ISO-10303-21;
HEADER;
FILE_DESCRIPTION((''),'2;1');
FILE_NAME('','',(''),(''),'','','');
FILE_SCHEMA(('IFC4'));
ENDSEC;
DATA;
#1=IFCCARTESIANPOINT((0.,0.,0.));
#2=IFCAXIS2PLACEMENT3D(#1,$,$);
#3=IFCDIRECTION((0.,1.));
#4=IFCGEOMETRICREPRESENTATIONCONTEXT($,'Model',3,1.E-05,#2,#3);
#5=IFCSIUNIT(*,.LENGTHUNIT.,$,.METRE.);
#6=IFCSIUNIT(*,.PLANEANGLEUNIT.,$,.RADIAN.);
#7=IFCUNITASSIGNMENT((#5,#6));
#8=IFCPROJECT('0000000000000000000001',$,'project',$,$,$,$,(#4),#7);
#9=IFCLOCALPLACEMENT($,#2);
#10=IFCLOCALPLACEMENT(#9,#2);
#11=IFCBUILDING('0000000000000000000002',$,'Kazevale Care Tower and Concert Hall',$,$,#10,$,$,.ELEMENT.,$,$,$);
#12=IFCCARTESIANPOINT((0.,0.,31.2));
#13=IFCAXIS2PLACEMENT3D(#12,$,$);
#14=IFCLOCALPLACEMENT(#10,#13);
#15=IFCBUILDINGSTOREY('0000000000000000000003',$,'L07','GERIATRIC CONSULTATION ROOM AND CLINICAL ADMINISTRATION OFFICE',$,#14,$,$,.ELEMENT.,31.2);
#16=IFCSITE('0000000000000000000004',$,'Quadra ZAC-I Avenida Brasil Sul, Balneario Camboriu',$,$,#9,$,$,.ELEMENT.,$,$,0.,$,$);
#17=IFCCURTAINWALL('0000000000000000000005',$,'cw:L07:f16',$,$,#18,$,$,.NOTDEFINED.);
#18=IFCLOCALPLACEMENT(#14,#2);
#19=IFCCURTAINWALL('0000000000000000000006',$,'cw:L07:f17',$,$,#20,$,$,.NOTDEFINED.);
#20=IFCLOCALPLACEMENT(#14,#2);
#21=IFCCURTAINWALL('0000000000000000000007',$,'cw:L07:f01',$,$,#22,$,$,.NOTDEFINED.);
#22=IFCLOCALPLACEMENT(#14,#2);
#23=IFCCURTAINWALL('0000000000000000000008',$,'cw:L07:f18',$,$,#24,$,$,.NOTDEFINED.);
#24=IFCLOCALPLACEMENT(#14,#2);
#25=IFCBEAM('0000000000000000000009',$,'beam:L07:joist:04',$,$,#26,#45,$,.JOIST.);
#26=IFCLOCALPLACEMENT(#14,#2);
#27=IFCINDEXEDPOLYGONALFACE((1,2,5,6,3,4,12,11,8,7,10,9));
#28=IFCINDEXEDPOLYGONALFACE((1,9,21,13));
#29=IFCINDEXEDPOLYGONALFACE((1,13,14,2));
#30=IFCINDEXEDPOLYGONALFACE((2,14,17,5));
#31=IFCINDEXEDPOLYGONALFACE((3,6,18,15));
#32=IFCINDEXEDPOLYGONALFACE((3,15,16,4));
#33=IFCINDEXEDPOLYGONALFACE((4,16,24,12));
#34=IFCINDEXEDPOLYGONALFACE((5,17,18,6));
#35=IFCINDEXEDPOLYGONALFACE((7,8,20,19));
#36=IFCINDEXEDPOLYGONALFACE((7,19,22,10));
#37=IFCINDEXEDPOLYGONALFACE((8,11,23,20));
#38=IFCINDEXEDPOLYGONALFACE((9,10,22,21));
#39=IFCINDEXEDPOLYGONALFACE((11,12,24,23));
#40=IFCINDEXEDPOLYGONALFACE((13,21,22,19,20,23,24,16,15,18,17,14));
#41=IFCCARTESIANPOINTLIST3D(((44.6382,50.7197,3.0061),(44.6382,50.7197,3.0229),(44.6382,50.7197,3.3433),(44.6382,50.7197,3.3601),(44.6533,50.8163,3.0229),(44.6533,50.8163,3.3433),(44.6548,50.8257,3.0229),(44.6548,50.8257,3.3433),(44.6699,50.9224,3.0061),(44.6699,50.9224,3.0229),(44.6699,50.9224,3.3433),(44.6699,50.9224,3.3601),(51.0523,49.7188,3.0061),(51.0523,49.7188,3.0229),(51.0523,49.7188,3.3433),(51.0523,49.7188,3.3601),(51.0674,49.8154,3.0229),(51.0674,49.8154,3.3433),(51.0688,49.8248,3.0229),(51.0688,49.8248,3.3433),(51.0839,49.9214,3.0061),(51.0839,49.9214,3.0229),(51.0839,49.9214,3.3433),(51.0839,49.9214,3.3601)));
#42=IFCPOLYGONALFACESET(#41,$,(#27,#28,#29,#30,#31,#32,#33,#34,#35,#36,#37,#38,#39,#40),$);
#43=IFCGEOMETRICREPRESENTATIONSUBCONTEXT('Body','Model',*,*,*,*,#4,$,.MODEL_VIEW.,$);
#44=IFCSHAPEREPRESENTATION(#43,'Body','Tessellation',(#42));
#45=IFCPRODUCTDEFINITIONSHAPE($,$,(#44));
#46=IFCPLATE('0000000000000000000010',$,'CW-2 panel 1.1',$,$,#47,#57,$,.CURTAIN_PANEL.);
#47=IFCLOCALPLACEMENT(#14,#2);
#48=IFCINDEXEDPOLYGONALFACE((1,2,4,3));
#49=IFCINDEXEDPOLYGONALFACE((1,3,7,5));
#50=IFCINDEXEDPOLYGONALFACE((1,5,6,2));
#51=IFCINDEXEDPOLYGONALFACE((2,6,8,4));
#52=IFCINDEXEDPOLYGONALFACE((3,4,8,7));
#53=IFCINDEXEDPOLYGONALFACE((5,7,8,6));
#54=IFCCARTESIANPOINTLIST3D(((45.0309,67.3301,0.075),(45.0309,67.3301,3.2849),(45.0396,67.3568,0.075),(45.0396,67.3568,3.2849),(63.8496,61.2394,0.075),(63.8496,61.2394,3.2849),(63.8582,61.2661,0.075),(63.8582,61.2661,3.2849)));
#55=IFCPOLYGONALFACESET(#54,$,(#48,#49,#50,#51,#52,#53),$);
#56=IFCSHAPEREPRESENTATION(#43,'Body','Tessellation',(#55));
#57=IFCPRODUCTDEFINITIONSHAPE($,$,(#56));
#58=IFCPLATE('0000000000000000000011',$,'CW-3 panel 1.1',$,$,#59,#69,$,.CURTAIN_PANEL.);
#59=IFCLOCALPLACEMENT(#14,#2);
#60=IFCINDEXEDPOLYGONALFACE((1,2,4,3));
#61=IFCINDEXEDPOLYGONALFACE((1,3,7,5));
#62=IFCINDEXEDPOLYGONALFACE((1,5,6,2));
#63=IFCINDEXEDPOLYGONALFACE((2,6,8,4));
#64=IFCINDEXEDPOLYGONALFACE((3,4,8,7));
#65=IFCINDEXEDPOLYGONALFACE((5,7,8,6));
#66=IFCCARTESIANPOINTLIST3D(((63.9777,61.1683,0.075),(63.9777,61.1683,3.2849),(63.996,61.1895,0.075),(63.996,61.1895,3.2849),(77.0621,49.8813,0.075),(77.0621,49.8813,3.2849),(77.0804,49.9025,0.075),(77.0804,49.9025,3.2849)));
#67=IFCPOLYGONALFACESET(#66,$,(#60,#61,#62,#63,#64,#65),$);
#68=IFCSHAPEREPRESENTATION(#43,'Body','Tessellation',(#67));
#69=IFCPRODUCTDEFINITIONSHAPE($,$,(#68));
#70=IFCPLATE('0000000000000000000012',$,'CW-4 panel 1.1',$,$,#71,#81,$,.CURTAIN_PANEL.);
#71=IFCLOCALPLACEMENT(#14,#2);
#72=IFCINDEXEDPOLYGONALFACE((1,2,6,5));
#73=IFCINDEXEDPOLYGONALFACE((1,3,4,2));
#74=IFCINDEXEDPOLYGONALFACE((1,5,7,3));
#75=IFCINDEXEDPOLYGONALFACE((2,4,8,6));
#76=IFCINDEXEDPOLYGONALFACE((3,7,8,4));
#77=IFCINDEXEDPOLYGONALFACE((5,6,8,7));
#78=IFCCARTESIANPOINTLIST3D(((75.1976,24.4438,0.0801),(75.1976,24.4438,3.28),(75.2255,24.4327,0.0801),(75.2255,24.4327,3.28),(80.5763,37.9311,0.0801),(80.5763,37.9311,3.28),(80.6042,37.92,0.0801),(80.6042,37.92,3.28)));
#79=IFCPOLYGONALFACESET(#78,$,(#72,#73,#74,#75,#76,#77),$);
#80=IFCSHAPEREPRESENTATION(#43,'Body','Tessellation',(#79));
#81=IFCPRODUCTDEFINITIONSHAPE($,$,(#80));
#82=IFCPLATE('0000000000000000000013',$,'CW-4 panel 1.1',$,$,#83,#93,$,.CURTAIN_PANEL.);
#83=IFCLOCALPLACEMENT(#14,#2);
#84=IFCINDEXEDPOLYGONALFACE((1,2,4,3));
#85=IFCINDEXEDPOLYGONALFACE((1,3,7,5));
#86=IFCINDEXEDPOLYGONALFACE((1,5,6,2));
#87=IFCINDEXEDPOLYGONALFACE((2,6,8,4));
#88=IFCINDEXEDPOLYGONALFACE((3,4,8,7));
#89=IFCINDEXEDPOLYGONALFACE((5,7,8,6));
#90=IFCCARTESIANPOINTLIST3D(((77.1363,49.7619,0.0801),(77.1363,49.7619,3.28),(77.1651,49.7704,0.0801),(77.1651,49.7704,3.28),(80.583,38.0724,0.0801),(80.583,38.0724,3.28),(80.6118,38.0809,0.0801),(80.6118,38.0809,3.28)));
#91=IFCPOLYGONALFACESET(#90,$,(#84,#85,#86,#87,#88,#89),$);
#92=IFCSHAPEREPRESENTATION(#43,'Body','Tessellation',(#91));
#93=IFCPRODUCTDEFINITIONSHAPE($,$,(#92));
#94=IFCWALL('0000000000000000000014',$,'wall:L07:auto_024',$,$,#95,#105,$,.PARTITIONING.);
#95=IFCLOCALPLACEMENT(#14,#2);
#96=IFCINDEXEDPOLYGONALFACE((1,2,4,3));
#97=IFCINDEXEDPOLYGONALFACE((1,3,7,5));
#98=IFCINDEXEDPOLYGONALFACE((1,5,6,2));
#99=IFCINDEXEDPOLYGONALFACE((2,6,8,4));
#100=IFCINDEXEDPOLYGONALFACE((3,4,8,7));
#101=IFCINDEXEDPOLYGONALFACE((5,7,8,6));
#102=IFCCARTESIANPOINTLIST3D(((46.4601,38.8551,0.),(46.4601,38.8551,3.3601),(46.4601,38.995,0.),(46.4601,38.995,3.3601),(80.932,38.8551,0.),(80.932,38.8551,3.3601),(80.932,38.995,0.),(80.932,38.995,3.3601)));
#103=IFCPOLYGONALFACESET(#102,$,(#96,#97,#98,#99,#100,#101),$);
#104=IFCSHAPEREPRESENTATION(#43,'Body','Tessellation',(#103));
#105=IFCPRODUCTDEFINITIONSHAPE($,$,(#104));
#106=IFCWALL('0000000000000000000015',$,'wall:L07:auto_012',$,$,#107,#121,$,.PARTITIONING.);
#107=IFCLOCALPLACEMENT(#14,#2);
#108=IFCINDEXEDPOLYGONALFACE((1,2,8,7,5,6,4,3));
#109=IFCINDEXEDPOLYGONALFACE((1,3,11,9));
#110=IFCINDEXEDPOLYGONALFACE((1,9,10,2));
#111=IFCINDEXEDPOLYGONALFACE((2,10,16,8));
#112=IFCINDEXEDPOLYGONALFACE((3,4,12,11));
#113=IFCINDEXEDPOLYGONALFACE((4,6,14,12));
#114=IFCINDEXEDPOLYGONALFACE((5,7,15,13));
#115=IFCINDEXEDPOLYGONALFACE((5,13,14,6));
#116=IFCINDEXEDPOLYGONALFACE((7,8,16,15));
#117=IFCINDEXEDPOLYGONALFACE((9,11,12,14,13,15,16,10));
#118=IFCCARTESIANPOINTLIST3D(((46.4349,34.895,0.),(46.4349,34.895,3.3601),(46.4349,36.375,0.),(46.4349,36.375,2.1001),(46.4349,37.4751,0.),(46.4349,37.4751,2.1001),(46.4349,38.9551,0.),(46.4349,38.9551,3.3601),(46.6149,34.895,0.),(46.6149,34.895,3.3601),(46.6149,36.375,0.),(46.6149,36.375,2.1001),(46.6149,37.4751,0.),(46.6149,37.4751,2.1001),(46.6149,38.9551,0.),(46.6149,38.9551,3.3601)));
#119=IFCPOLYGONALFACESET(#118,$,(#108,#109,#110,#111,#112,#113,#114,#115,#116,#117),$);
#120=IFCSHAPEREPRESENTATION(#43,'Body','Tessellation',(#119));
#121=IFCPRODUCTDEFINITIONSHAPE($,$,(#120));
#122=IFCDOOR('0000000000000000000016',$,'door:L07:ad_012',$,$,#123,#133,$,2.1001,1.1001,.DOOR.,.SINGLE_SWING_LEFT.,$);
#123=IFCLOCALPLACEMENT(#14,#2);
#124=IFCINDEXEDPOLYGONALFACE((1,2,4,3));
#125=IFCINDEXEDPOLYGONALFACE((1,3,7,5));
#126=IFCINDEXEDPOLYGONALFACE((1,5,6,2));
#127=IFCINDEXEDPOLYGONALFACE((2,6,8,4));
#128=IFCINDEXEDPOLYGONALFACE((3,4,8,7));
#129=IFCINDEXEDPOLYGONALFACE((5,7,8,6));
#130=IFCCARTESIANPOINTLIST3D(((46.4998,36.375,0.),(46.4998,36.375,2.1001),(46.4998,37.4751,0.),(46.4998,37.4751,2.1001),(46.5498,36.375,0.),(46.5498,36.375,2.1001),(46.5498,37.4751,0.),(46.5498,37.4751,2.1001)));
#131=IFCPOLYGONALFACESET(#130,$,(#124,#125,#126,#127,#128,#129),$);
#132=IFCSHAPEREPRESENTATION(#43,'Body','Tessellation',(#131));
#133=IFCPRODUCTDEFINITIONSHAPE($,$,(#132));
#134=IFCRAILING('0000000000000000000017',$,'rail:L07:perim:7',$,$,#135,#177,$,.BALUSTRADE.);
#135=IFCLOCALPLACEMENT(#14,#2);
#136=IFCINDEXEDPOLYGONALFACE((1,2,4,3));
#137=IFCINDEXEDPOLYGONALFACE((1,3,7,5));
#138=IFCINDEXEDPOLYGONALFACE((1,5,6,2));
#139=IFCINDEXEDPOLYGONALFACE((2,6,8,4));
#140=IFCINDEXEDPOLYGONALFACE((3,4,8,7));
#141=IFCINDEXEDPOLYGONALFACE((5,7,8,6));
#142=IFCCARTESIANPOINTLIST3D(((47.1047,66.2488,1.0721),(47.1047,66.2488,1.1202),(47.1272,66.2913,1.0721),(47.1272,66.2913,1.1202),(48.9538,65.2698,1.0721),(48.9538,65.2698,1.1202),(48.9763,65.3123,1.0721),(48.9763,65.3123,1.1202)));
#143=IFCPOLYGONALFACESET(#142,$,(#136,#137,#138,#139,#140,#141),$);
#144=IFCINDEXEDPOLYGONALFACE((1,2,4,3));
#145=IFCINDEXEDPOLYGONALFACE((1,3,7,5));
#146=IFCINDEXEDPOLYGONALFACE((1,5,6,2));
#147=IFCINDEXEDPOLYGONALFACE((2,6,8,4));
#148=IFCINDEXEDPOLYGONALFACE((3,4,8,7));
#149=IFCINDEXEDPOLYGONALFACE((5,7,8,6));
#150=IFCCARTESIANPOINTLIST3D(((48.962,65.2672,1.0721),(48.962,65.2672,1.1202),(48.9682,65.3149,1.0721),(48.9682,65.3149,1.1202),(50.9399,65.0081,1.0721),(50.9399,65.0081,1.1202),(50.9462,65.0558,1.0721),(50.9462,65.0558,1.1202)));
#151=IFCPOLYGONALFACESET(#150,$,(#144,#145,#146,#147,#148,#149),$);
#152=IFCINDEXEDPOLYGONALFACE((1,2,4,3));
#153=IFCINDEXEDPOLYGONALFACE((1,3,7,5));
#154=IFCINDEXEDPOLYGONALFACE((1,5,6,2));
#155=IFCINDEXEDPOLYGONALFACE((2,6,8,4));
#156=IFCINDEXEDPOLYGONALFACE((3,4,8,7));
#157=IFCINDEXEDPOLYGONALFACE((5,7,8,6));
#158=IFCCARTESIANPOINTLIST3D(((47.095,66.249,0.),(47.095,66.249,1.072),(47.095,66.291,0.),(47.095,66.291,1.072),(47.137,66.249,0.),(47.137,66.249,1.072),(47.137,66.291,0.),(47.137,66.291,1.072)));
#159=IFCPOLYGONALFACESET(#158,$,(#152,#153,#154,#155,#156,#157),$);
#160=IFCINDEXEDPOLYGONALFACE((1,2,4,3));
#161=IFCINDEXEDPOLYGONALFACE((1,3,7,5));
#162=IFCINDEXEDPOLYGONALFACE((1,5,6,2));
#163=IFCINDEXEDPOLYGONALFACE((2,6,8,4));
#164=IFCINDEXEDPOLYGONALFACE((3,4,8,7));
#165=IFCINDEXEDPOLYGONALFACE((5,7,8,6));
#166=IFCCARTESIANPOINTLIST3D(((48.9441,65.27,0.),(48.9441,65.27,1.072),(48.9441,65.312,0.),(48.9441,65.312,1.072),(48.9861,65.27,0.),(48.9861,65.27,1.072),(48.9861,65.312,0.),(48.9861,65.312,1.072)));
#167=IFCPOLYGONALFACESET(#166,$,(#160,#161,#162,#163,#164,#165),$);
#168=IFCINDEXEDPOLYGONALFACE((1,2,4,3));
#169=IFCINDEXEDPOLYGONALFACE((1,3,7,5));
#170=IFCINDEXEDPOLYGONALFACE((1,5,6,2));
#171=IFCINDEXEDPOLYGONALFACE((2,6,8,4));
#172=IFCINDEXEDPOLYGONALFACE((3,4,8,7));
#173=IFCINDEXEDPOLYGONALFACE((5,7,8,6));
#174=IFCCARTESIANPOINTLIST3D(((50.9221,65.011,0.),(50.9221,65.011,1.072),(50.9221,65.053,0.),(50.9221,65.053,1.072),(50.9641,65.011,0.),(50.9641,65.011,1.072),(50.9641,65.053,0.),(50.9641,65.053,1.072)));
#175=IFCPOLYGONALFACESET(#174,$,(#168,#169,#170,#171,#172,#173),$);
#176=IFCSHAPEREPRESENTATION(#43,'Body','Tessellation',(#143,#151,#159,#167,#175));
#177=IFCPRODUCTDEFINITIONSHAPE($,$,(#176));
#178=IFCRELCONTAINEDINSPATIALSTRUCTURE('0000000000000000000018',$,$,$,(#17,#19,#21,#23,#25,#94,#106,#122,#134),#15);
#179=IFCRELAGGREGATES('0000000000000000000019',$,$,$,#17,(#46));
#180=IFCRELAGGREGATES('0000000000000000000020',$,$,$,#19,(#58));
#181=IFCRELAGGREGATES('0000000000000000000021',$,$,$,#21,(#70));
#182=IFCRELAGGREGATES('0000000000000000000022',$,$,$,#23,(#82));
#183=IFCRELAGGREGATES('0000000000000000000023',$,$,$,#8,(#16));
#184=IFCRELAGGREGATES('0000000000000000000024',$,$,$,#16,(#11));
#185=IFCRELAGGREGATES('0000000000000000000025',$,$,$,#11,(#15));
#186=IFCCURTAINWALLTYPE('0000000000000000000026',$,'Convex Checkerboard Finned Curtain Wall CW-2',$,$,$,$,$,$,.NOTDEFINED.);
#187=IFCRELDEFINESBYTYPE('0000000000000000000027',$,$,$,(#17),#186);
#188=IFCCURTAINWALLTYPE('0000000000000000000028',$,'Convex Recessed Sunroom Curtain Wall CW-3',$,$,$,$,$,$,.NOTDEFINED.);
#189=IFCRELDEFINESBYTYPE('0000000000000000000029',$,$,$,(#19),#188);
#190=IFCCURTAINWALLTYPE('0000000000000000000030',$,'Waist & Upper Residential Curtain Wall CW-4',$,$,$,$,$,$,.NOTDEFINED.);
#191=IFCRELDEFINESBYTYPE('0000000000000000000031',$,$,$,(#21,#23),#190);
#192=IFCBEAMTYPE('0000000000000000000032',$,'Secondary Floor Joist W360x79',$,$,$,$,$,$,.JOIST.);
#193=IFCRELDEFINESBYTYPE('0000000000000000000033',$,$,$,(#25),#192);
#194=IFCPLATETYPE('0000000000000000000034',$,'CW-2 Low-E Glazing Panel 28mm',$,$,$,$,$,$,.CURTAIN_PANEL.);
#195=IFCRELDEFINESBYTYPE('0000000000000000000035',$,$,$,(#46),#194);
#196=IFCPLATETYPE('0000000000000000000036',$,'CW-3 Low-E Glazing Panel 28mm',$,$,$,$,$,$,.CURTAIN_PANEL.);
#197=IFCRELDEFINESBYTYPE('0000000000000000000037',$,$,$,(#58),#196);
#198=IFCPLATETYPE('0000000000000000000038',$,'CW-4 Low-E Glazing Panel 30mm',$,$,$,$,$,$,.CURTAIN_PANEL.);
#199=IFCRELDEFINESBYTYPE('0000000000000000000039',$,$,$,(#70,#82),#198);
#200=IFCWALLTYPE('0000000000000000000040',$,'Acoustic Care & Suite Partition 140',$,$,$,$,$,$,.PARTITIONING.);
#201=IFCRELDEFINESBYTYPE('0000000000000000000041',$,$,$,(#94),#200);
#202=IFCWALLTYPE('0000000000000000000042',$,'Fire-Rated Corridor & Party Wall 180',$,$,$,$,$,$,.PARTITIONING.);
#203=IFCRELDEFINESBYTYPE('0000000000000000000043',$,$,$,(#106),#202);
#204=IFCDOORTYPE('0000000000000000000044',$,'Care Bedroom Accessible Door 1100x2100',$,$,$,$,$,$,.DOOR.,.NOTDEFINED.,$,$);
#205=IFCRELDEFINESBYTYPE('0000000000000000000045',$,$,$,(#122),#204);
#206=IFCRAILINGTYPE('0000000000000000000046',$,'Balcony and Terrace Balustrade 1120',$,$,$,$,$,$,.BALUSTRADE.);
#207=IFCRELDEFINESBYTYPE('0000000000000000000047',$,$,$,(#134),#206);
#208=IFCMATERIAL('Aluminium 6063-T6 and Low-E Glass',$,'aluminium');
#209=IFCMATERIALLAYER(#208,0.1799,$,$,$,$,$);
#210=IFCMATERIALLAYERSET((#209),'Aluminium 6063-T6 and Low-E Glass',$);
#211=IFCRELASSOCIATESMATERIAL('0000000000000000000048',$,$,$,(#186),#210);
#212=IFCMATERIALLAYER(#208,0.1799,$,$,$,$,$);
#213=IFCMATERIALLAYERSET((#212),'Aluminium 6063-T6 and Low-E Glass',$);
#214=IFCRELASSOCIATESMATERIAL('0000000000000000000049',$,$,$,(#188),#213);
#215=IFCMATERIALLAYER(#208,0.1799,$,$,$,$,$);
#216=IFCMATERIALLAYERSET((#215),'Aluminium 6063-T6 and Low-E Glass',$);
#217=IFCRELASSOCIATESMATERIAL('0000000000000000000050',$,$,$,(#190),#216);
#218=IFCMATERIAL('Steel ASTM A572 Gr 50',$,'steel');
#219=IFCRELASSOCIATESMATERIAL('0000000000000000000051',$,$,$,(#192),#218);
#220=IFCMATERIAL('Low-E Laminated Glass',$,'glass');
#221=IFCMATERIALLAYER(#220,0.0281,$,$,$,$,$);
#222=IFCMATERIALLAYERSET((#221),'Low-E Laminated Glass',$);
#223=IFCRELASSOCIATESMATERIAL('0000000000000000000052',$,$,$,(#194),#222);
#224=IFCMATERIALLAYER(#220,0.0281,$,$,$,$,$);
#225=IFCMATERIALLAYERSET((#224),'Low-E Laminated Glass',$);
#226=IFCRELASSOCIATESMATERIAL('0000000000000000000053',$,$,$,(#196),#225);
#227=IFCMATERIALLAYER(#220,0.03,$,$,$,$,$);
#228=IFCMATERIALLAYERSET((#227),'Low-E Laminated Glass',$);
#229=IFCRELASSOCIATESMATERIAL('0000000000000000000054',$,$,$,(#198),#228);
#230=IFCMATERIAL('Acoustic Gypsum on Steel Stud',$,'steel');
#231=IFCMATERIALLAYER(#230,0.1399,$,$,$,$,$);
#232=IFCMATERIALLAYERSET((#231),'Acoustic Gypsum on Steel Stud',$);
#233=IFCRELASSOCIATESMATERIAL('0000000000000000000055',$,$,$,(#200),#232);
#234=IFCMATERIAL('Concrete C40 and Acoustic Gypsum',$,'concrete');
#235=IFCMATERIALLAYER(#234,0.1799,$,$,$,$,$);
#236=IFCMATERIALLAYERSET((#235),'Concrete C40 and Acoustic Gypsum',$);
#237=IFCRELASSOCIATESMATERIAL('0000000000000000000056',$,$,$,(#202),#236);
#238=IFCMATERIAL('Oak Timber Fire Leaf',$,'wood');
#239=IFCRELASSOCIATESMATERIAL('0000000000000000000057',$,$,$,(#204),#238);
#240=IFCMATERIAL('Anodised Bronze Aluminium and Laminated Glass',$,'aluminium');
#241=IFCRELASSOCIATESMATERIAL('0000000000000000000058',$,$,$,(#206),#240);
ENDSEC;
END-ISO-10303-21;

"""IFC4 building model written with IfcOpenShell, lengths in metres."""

from ifc_helpers import new_model, si_unit, direction, frame, frame_2d, origin, origin_2d, place, context, subcontext, project, spatial, rectangle, i_section, extrude, material, layer, layer_set, material_profile, profile_set, type_object, element, fill, aggregate, save


model = new_model("IFC4")

# Units and contexts
model_context = context("Model", 3, precision=1e-05, world=origin(), true_north=direction((0.0, 1.0)))
body_context = subcontext(model_context, "Body", "Model", "MODEL_VIEW")
ifc_project = project(units=[si_unit("LENGTHUNIT", "METRE"), si_unit("PLANEANGLEUNIT", "RADIAN")], contexts=[model_context])

# Site, building, storey
site_placement = place(None, origin())
site = spatial("IfcSite", under=ifc_project, at=site_placement, Name="Quadra ZAC-I Avenida Brasil Sul, Balneario Camboriu", CompositionType="ELEMENT", RefElevation=0.0)
building_placement = place(site_placement, origin())
building = spatial("IfcBuilding", under=site, at=building_placement, Name="Kazevale Care Tower and Concert Hall", CompositionType="ELEMENT")
storey_placement = place(building_placement, frame((0.0, 0.0, 31.2)))
storey = spatial("IfcBuildingStorey", under=building, at=storey_placement, Name="L07", Description="GERIATRIC CONSULTATION ROOM AND CLINICAL ADMINISTRATION OFFICE", CompositionType="ELEMENT", Elevation=31.2)

# Curtain wall
ifc_material_1 = material(Name="Aluminium 6063-T6 and Low-E Glass", Category="aluminium")
ifc_layer_1 = layer(ifc_material_1, 0.1799)
ifc_layer_set_1 = layer_set([ifc_layer_1], Name="Aluminium 6063-T6 and Low-E Glass")
curtain_wall_type_1 = type_object("IfcCurtainWallType", Name="Convex Checkerboard Finned Curtain Wall CW-2", PredefinedType="NOTDEFINED", material=ifc_layer_set_1)
curtain_wall_1_placement = place(storey_placement, origin())
curtain_wall_1 = element("IfcCurtainWall", 1, at=curtain_wall_1_placement, inside=storey, type_object=curtain_wall_type_1, Name="cw:L07:f16", PredefinedType="NOTDEFINED")

# Curtain wall
ifc_layer_2 = layer(ifc_material_1, 0.1799)
ifc_layer_set_2 = layer_set([ifc_layer_2], Name="Aluminium 6063-T6 and Low-E Glass")
curtain_wall_type_2 = type_object("IfcCurtainWallType", Name="Convex Recessed Sunroom Curtain Wall CW-3", PredefinedType="NOTDEFINED", material=ifc_layer_set_2)
curtain_wall_2_placement = place(storey_placement, origin())
curtain_wall_2 = element("IfcCurtainWall", 2, at=curtain_wall_2_placement, inside=storey, type_object=curtain_wall_type_2, Name="cw:L07:f17", PredefinedType="NOTDEFINED")

# Curtain wall
ifc_layer_3 = layer(ifc_material_1, 0.1799)
ifc_layer_set_3 = layer_set([ifc_layer_3], Name="Aluminium 6063-T6 and Low-E Glass")
curtain_wall_type_3 = type_object("IfcCurtainWallType", Name="Waist & Upper Residential Curtain Wall CW-4", PredefinedType="NOTDEFINED", material=ifc_layer_set_3)
curtain_wall_3_placement = place(storey_placement, origin())
curtain_wall_3 = element("IfcCurtainWall", 3, at=curtain_wall_3_placement, inside=storey, type_object=curtain_wall_type_3, Name="cw:L07:f01", PredefinedType="NOTDEFINED")

# Curtain wall
curtain_wall_4_placement = place(storey_placement, origin())
curtain_wall_4 = element("IfcCurtainWall", 4, at=curtain_wall_4_placement, inside=storey, type_object=curtain_wall_type_3, Name="cw:L07:f18", PredefinedType="NOTDEFINED")

# Beam
ifc_material_2 = material(Name="Steel ASTM A572 Gr 50", Category="steel")
ifc_material_profile_1 = material_profile(ifc_material_2, i_section(OverallWidth=0.2051, OverallDepth=0.354, WebThickness=0.0095, FlangeThickness=0.0168, at=origin_2d()), Name="W360x79")
ifc_profile_set_1 = profile_set([ifc_material_profile_1], Name="Steel ASTM A572 Gr 50")
beam_type_1 = type_object("IfcBeamType", Name="Secondary Floor Joist W360x79", PredefinedType="JOIST", material=ifc_profile_set_1)
beam_1_placement = place(storey_placement, frame((51.0681, 49.8201, 3.1831), z_axis=(-0.988041, 0.154193, 0.0), x_axis=(-0.154193, -0.988041, 0.0)))
element("IfcBeam", 5, at=beam_1_placement, inside=storey, type_object=beam_type_1, Name="beam:L07:joist:04", PredefinedType="JOIST", context=body_context, shape_type="SweptSolid", body=[
    extrude(i_section(OverallWidth=0.2051, OverallDepth=0.354, WebThickness=0.0095, FlangeThickness=0.0168, at=origin_2d()), origin(), (0.0, 0.0, 1.0), 6.4917),
])

# Plates
ifc_material_3 = material(Name="Low-E Laminated Glass", Category="glass")
ifc_layer_4 = layer(ifc_material_3, 0.0281)
ifc_layer_set_4 = layer_set([ifc_layer_4], Name="Low-E Laminated Glass")
plate_type_1 = type_object("IfcPlateType", Name="CW-2 Low-E Glazing Panel 28mm", PredefinedType="CURTAIN_PANEL", material=ifc_layer_set_4)
plate_1_placement = place(storey_placement, frame((54.4446, 64.2981, 0.075), z_axis=(0.0, 0.0, 1.0), x_axis=(0.95141, -0.307926, 0.0)))
plate_1 = element("IfcPlate", 6, at=plate_1_placement, type_object=plate_type_1, Name="CW-2 panel 1.1", PredefinedType="CURTAIN_PANEL", context=body_context, shape_type="SweptSolid", body=[
    extrude(rectangle(XDim=19.7798, YDim=0.0281, at=origin_2d()), origin(), (0.0, 0.0, 1.0), 3.21),
])
aggregate(curtain_wall_1, [plate_1])
ifc_layer_5 = layer(ifc_material_3, 0.0281)
ifc_layer_set_5 = layer_set([ifc_layer_5], Name="Low-E Laminated Glass")
plate_type_2 = type_object("IfcPlateType", Name="CW-3 Low-E Glazing Panel 28mm", PredefinedType="CURTAIN_PANEL", material=ifc_layer_set_5)
plate_2_placement = place(storey_placement, frame((70.5291, 55.5354, 0.075), z_axis=(0.0, 0.0, 1.0), x_axis=(0.7572, -0.653184, 0.0)))
plate_2 = element("IfcPlate", 7, at=plate_2_placement, type_object=plate_type_2, Name="CW-3 panel 1.1", PredefinedType="CURTAIN_PANEL", context=body_context, shape_type="SweptSolid", body=[
    extrude(rectangle(XDim=17.28, YDim=0.0281, at=origin_2d()), origin(), (0.0, 0.0, 1.0), 3.21),
])
aggregate(curtain_wall_2, [plate_2])
ifc_layer_6 = layer(ifc_material_3, 0.03)
ifc_layer_set_6 = layer_set([ifc_layer_6], Name="Low-E Laminated Glass")
plate_type_3 = type_object("IfcPlateType", Name="CW-4 Low-E Glazing Panel 30mm", PredefinedType="CURTAIN_PANEL", material=ifc_layer_set_6)
plate_3_placement = place(storey_placement, frame((77.9009, 31.1819, 0.0801), z_axis=(0.0, 0.0, 1.0), x_axis=(-0.370427, -0.928861, 0.0)))
plate_3 = element("IfcPlate", 8, at=plate_3_placement, type_object=plate_type_3, Name="CW-4 panel 1.1", PredefinedType="CURTAIN_PANEL", context=body_context, shape_type="SweptSolid", body=[
    extrude(rectangle(XDim=14.5203, YDim=0.03, at=origin_2d()), origin(), (0.0, 0.0, 1.0), 3.2),
])
aggregate(curtain_wall_3, [plate_3])
plate_4_placement = place(storey_placement, frame((78.874, 43.9214, 0.0801), z_axis=(0.0, 0.0, 1.0), x_axis=(0.28282, -0.959173, 0.0)))
plate_4 = element("IfcPlate", 9, at=plate_4_placement, type_object=plate_type_3, Name="CW-4 panel 1.1", PredefinedType="CURTAIN_PANEL", context=body_context, shape_type="SweptSolid", body=[
    extrude(rectangle(XDim=12.187, YDim=0.03, at=origin_2d()), origin(), (0.0, 0.0, 1.0), 3.2),
])
aggregate(curtain_wall_4, [plate_4])

# Wall
ifc_material_4 = material(Name="Acoustic Gypsum on Steel Stud", Category="steel")
ifc_layer_7 = layer(ifc_material_4, 0.1399)
ifc_layer_set_7 = layer_set([ifc_layer_7], Name="Acoustic Gypsum on Steel Stud")
wall_type_1 = type_object("IfcWallType", Name="Acoustic Care & Suite Partition 140", PredefinedType="PARTITIONING", material=ifc_layer_set_7)
wall_1_placement = place(storey_placement, frame((80.9319, 38.925, 0.0), z_axis=(0.0, 0.0, 1.0), x_axis=(-1.0, 0.0, 0.0)))
element("IfcWall", 10, at=wall_1_placement, inside=storey, type_object=wall_type_1, Name="wall:L07:auto_024", PredefinedType="PARTITIONING", context=body_context, shape_type="SweptSolid", body=[
    extrude(rectangle(XDim=34.4719, YDim=0.1399, at=frame_2d((17.2358, 0.0))), origin(), (0.0, 0.0, 1.0), 3.3601),
])

# Wall, opening, door
ifc_material_5 = material(Name="Concrete C40 and Acoustic Gypsum", Category="concrete")
ifc_layer_8 = layer(ifc_material_5, 0.1799)
ifc_layer_set_8 = layer_set([ifc_layer_8], Name="Concrete C40 and Acoustic Gypsum")
wall_type_2 = type_object("IfcWallType", Name="Fire-Rated Corridor & Party Wall 180", PredefinedType="PARTITIONING", material=ifc_layer_set_8)
wall_2_placement = place(storey_placement, frame((46.5249, 38.9551, 0.0), z_axis=(0.0, 0.0, 1.0), x_axis=(0.0, -1.0, 0.0)))
wall_2 = element("IfcWall", 11, at=wall_2_placement, inside=storey, type_object=wall_type_2, Name="wall:L07:auto_012", PredefinedType="PARTITIONING", context=body_context, shape_type="SweptSolid", body=[
    extrude(rectangle(XDim=4.0601, YDim=0.1799, at=frame_2d((2.03, 0.0))), origin(), (0.0, 0.0, 1.0), 3.3601),
])
opening_placement = place(wall_2_placement, frame((1.48, 0.0, 0.0)))
opening = element("IfcOpeningElement", 12, at=opening_placement, cuts=wall_2, PredefinedType="OPENING", context=body_context, shape_type="SweptSolid", body=[
    extrude(rectangle(XDim=1.1001, YDim=2.1001, at=frame_2d((0.55, 1.05))), frame((0.0, 0.0999, 0.0), z_axis=(0.0, -1.0, 0.0), x_axis=(1.0, 0.0, 0.0)), (0.0, 0.0, 1.0), 0.2),
])
ifc_material_6 = material(Name="Oak Timber Fire Leaf", Category="wood")
door_type = type_object("IfcDoorType", Name="Care Bedroom Accessible Door 1100x2100", OperationType="NOTDEFINED", PredefinedType="DOOR", material=ifc_material_6)
door_placement = place(opening_placement, origin())
door = element("IfcDoor", 13, at=door_placement, inside=storey, type_object=door_type, Name="door:L07:ad_012", OperationType="SINGLE_SWING_LEFT", OverallHeight=2.1001, OverallWidth=1.1001, PredefinedType="DOOR", context=body_context, shape_type="SweptSolid", body=[
    extrude(rectangle(XDim=1.1001, YDim=2.1001, at=frame_2d((0.55, 1.05))), frame((0.0, 0.0249, 0.0), z_axis=(0.0, -1.0, 0.0), x_axis=(1.0, 0.0, 0.0)), (0.0, 0.0, 1.0), 0.05),
])
fill(opening, door)

# Railing
ifc_material_7 = material(Name="Anodised Bronze Aluminium and Laminated Glass", Category="aluminium")
railing_type = type_object("IfcRailingType", Name="Balcony and Terrace Balustrade 1120", PredefinedType="BALUSTRADE", material=ifc_material_7)
railing_1_placement = place(storey_placement, frame((47.116, 66.27, 0.0)))
element("IfcRailing", 14, at=railing_1_placement, inside=storey, type_object=railing_type, Name="rail:L07:perim:7", PredefinedType="BALUSTRADE", context=body_context, shape_type="SweptSolid", body=[
    extrude(rectangle(XDim=0.0481, YDim=0.0481, at=origin_2d()), frame((0.0, 0.0, 1.0962), z_axis=(0.883777, -0.467909, 0.0), x_axis=(0.467909, 0.883777, 0.0)), (0.0, 0.0, 1.0), 2.0923),
    extrude(rectangle(XDim=0.0481, YDim=0.0481, at=origin_2d()), frame((1.8491, -0.979, 1.0962), z_axis=(0.991534, -0.129847, 0.0), x_axis=(0.129847, 0.991534, 0.0)), (0.0, 0.0, 1.0), 1.9949),
    extrude(rectangle(XDim=0.042, YDim=0.042, at=origin_2d()), origin(), (0.0, 0.0, 1.0), 1.072),
    extrude(rectangle(XDim=0.042, YDim=0.042, at=origin_2d()), frame((1.8491, -0.979, 0.0)), (0.0, 0.0, 1.0), 1.072),
    extrude(rectangle(XDim=0.042, YDim=0.042, at=origin_2d()), frame((3.8271, -1.238, 0.0)), (0.0, 0.0, 1.0), 1.072),
])

save(model, "model.ifc")
